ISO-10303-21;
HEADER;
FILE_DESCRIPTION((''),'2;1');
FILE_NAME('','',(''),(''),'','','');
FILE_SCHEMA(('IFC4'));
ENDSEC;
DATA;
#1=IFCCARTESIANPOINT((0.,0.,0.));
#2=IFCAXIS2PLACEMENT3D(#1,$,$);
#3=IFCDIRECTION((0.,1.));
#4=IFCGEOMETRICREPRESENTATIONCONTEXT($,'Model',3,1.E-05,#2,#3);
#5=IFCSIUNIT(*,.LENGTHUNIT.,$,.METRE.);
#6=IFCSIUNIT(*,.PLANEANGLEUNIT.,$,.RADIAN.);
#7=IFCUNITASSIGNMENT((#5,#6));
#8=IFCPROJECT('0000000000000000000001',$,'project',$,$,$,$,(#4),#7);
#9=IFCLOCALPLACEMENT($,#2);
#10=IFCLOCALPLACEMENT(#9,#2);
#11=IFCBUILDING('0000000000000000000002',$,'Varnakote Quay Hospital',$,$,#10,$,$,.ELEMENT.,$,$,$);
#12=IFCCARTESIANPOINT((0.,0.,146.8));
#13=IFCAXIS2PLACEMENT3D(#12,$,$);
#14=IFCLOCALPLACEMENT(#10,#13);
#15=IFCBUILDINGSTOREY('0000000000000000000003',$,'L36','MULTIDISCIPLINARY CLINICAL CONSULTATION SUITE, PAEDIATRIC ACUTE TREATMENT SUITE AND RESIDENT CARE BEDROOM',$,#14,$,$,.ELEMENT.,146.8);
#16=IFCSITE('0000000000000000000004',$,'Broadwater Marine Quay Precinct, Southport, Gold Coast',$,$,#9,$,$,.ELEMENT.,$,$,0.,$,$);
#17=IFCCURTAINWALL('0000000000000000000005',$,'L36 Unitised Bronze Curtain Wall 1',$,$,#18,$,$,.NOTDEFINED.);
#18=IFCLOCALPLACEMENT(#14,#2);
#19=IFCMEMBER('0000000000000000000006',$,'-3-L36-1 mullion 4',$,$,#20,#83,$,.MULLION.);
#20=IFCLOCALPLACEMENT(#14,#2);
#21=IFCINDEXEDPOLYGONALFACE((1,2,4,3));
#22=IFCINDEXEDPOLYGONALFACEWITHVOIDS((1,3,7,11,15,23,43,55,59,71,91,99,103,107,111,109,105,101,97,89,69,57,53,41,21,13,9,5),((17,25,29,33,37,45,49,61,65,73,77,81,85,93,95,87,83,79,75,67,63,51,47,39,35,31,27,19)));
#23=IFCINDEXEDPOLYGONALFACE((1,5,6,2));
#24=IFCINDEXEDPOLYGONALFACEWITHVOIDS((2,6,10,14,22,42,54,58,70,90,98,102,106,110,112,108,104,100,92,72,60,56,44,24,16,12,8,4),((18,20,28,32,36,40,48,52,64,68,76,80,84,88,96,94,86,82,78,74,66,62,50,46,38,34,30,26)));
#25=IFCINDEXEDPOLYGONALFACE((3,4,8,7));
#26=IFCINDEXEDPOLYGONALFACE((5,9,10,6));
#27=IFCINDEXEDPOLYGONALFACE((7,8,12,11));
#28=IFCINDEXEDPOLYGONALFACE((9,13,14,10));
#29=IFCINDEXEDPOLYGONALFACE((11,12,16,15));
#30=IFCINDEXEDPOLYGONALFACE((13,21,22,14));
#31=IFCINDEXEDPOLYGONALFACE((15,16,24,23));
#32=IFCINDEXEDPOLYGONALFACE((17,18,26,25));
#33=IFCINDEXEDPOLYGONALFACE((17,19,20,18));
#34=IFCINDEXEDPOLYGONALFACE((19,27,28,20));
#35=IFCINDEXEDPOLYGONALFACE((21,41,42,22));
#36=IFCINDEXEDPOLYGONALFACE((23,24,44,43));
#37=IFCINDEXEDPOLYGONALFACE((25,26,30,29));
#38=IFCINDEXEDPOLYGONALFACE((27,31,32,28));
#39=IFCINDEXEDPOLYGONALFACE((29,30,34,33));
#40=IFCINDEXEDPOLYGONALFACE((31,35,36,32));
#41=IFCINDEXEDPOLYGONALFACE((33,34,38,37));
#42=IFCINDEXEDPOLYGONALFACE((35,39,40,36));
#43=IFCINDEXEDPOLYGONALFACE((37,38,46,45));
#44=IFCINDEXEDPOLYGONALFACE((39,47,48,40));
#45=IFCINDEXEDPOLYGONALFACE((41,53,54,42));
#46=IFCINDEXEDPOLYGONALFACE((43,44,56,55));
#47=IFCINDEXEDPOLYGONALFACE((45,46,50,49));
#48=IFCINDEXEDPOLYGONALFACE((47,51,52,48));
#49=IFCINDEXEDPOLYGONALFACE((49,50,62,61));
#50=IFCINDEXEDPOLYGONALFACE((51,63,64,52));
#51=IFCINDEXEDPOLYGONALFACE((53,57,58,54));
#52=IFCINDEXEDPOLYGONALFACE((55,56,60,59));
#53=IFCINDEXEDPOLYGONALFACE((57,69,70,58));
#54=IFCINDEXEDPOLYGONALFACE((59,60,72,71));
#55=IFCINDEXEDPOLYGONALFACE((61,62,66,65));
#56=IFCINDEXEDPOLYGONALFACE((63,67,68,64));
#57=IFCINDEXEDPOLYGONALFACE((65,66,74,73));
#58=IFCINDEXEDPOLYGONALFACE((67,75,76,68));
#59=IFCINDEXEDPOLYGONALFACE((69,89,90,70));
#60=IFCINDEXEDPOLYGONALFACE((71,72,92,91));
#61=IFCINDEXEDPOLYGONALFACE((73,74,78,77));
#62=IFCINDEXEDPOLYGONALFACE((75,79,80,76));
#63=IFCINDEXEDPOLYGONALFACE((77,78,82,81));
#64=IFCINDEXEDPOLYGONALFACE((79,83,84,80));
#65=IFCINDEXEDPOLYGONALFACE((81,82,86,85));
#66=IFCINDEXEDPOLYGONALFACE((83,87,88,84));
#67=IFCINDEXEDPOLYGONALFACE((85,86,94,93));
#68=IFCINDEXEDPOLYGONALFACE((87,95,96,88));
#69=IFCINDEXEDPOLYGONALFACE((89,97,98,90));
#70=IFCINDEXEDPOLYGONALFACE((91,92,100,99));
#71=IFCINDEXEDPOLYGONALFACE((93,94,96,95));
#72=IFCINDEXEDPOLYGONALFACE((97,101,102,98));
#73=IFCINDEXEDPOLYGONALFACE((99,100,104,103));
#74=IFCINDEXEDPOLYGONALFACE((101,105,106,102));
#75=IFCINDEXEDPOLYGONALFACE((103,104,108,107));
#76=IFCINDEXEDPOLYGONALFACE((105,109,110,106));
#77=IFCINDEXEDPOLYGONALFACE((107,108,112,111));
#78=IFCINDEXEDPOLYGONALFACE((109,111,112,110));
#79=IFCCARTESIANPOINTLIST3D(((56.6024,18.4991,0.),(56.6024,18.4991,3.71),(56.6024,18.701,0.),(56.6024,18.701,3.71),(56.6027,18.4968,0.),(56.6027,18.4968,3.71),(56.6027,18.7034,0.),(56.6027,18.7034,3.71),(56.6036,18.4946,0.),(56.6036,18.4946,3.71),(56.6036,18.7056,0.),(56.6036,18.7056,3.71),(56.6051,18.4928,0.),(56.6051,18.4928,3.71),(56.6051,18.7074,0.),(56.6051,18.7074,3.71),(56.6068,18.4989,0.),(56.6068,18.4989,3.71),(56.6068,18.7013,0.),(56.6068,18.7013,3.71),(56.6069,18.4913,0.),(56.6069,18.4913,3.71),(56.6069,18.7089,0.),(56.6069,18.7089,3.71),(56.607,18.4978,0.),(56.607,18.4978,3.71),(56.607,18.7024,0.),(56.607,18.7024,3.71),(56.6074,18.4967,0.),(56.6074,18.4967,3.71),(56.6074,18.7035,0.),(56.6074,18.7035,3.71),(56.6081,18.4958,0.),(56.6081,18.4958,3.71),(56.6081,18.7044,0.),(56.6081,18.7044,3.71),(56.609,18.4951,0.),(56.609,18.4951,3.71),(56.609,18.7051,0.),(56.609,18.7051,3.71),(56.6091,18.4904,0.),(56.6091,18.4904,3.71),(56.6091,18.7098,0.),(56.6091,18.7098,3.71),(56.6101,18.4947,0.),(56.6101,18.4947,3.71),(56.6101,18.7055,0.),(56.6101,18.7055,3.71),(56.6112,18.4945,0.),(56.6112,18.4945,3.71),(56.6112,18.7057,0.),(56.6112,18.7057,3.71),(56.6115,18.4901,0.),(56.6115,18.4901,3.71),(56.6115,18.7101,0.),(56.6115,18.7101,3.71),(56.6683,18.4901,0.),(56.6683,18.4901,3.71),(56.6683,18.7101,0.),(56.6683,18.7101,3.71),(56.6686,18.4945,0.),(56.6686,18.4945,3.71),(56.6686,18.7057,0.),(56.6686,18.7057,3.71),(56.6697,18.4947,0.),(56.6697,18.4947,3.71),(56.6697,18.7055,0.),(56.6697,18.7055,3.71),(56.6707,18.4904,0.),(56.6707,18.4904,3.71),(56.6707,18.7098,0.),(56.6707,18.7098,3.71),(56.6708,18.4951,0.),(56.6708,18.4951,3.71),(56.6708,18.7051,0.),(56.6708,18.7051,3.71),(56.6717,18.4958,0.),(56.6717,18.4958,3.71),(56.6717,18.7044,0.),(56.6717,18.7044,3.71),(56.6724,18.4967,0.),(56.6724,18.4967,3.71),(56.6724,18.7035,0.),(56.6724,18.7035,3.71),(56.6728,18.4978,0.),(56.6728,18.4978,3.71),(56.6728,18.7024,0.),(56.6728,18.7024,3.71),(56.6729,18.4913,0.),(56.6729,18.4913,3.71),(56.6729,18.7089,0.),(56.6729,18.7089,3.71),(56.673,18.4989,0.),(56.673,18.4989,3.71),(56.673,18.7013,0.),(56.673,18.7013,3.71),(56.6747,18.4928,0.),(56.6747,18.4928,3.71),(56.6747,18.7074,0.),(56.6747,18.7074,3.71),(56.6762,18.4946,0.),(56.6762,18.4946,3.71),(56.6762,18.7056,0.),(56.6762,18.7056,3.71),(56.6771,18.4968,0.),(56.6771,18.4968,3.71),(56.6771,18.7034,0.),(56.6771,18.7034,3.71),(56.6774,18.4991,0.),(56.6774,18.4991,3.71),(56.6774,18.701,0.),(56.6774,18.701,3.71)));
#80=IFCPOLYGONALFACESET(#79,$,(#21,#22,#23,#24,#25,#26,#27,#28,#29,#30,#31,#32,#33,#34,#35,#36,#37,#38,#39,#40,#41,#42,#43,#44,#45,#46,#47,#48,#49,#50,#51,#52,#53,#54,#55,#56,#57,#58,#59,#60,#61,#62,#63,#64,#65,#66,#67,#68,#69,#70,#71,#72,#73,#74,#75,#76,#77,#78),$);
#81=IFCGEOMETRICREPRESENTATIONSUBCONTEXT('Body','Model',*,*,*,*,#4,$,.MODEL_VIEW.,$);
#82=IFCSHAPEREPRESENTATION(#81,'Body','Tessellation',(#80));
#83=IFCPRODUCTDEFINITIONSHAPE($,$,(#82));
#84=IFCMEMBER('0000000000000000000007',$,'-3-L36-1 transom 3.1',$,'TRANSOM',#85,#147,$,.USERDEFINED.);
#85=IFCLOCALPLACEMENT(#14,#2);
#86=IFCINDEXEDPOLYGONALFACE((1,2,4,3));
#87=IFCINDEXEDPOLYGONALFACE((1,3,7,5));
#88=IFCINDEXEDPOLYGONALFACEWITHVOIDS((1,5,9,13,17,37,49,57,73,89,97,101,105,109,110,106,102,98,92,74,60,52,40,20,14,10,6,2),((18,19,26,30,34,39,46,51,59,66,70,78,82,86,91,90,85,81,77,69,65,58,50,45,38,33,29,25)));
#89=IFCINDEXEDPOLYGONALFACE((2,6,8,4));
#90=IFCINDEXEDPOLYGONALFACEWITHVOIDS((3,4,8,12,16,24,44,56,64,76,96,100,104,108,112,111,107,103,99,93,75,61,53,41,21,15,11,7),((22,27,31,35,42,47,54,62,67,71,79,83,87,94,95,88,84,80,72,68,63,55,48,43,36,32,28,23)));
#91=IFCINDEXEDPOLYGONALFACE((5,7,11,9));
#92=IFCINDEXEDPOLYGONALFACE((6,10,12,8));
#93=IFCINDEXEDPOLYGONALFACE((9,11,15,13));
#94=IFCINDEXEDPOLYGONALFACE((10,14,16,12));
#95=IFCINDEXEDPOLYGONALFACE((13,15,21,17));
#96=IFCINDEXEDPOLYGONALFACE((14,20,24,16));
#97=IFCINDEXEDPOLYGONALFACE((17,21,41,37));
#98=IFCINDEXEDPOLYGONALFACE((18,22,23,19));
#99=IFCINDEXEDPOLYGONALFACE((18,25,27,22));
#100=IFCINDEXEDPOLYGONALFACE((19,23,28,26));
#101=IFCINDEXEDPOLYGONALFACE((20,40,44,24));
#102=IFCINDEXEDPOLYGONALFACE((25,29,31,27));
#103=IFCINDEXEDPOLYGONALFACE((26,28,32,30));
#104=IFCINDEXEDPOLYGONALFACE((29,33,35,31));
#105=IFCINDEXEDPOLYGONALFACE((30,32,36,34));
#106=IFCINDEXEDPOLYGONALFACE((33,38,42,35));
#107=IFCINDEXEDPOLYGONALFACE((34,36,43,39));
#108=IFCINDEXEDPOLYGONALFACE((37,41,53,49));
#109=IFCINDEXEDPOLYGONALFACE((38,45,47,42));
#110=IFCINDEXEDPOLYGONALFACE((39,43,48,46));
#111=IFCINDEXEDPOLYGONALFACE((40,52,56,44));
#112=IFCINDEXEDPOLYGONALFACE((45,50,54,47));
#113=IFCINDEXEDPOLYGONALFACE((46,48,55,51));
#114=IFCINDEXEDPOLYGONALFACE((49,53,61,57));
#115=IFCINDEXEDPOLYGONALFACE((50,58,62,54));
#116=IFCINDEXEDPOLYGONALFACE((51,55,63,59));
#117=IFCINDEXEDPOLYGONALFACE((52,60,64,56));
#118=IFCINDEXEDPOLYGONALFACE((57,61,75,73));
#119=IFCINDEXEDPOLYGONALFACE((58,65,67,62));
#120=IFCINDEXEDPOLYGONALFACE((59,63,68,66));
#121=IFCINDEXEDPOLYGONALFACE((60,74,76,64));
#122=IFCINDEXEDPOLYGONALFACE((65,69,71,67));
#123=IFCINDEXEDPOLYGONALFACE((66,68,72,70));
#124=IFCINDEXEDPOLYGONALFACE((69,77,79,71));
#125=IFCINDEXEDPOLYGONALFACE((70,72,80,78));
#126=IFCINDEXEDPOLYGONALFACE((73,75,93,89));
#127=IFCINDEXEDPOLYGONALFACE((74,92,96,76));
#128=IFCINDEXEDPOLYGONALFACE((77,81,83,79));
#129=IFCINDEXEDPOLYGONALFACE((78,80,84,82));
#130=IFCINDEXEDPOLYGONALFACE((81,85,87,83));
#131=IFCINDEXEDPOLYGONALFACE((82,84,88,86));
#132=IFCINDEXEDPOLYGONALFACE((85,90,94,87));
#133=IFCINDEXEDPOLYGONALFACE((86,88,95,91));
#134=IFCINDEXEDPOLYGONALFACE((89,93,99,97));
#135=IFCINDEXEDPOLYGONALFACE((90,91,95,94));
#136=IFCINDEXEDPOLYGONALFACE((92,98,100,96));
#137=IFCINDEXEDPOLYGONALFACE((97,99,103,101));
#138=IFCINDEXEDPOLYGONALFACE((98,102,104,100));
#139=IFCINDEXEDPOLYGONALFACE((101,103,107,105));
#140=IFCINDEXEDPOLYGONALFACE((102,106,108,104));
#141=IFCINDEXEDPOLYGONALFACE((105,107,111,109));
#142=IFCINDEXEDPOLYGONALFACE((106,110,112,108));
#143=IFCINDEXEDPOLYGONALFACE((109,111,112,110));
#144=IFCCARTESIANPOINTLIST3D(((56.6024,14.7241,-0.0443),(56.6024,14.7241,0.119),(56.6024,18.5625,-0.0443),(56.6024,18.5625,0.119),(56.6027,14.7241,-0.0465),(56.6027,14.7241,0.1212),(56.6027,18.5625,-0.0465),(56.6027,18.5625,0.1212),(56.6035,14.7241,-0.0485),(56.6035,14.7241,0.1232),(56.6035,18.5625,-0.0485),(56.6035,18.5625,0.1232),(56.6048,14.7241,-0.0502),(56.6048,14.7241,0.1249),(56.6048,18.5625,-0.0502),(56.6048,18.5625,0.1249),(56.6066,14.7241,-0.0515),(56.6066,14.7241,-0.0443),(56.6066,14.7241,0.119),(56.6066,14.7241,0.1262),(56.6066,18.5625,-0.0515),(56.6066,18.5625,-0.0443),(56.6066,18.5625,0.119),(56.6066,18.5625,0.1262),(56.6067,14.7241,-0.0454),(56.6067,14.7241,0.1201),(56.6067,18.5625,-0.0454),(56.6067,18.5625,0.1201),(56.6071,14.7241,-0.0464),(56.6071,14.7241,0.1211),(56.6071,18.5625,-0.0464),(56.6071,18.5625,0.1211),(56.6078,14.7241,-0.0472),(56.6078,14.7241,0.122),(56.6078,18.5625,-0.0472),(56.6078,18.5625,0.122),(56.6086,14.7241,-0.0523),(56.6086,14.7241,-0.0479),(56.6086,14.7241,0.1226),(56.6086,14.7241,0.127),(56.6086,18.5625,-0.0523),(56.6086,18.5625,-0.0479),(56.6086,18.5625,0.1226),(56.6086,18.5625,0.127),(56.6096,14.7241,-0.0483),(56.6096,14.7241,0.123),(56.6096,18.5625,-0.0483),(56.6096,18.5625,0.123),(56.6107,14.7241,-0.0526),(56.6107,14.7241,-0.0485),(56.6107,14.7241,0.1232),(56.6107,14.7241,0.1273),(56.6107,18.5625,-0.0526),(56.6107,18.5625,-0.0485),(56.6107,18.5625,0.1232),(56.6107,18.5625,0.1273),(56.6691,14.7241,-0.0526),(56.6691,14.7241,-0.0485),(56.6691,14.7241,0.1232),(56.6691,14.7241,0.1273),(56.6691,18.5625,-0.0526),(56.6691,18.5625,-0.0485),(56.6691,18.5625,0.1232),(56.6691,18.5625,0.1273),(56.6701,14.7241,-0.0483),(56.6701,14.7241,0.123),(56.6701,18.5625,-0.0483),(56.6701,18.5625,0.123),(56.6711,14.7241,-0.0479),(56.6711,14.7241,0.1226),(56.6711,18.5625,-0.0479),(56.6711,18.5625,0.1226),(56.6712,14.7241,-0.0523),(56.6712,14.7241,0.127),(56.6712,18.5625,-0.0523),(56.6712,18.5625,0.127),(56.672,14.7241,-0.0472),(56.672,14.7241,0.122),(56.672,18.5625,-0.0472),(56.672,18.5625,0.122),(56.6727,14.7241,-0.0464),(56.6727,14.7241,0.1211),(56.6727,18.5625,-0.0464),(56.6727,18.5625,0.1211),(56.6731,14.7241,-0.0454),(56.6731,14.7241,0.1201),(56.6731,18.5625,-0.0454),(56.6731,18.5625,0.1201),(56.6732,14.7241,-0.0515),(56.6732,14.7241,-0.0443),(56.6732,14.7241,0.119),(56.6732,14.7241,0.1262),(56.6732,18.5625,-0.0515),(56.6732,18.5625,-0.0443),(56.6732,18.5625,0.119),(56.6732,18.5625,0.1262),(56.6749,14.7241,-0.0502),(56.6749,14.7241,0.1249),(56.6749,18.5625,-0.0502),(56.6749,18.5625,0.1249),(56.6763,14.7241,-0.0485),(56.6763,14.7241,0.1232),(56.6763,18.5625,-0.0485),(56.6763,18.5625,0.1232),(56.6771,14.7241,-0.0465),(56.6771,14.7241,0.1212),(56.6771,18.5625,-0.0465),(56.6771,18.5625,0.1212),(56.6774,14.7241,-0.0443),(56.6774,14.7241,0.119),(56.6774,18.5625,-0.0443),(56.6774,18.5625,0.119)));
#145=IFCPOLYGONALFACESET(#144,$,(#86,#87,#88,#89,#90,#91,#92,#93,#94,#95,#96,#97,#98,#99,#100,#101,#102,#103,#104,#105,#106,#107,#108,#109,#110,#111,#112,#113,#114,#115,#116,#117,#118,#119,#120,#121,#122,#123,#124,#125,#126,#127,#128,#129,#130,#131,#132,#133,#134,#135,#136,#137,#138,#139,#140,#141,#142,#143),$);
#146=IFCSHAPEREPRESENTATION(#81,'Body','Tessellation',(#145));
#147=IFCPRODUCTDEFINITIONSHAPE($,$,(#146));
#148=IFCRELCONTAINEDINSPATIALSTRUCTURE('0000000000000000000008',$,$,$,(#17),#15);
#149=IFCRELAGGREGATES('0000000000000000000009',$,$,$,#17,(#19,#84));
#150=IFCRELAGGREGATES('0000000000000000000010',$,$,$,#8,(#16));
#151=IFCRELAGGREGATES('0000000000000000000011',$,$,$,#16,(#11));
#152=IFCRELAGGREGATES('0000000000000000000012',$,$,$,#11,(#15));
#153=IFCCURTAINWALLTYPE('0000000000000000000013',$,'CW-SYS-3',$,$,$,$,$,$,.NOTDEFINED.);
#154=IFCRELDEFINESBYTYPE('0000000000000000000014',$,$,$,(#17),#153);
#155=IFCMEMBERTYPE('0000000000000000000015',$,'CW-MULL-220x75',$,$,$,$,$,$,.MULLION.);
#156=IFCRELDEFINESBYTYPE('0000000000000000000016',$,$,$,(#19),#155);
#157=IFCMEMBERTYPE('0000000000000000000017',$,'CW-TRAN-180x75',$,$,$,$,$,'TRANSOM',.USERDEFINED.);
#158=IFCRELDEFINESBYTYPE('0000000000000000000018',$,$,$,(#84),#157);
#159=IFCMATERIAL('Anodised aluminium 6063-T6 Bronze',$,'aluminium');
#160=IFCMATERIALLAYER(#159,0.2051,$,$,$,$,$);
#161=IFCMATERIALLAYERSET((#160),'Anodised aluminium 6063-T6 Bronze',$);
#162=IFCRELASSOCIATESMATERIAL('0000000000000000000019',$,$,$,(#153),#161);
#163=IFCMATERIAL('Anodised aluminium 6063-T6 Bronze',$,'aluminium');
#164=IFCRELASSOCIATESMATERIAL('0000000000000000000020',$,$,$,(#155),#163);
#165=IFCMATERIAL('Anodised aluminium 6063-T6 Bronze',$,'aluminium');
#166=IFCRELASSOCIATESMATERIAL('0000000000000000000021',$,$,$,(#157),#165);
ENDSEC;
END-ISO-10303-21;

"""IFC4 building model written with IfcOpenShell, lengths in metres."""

from ifc_helpers import new_model, si_unit, direction, frame, origin, origin_2d, place, context, subcontext, project, spatial, hollow_rectangle, extrude, material, layer, layer_set, material_profile, profile_set, type_object, element, aggregate, save


model = new_model("IFC4")

# Units and contexts
model_context = context("Model", 3, precision=1e-05, world=origin(), true_north=direction((0.0, 1.0)))
body_context = subcontext(model_context, "Body", "Model", "MODEL_VIEW")
ifc_project = project(units=[si_unit("LENGTHUNIT", "METRE"), si_unit("PLANEANGLEUNIT", "RADIAN")], contexts=[model_context])

# Site, building, storey
site_placement = place(None, origin())
site = spatial("IfcSite", under=ifc_project, at=site_placement, Name="Broadwater Marine Quay Precinct, Southport, Gold Coast", CompositionType="ELEMENT", RefElevation=0.0)
building_placement = place(site_placement, origin())
building = spatial("IfcBuilding", under=site, at=building_placement, Name="Varnakote Quay Hospital", CompositionType="ELEMENT")
storey_placement = place(building_placement, frame((0.0, 0.0, 146.8)))
storey = spatial("IfcBuildingStorey", under=building, at=storey_placement, Name="L36", Description="MULTIDISCIPLINARY CLINICAL CONSULTATION SUITE, PAEDIATRIC ACUTE TREATMENT SUITE AND RESIDENT CARE BEDROOM", CompositionType="ELEMENT", Elevation=146.8)

# Curtain wall, members
ifc_material_1 = material(Name="Anodised aluminium 6063-T6 Bronze", Category="aluminium")
ifc_layer_1 = layer(ifc_material_1, 0.2051)
ifc_layer_set_1 = layer_set([ifc_layer_1], Name="Anodised aluminium 6063-T6 Bronze")
curtain_wall_type = type_object("IfcCurtainWallType", Name="CW-SYS-3", PredefinedType="NOTDEFINED", material=ifc_layer_set_1)
curtain_wall_placement = place(storey_placement, origin())
curtain_wall = element("IfcCurtainWall", 1, at=curtain_wall_placement, inside=storey, type_object=curtain_wall_type, Name="L36 Unitised Bronze Curtain Wall 1", PredefinedType="NOTDEFINED")
ifc_material_2 = material(Name="Anodised aluminium 6063-T6 Bronze", Category="aluminium")
ifc_material_profile_1 = material_profile(ifc_material_2, hollow_rectangle(XDim=0.075, YDim=0.22, WallThickness=0.0044, InnerFilletRadius=0.0044, OuterFilletRadius=0.009, at=origin_2d()), Name="CW-MULL-220x75")
ifc_profile_set_1 = profile_set([ifc_material_profile_1], Name="Anodised aluminium 6063-T6 Bronze")
member_type_1 = type_object("IfcMemberType", Name="CW-MULL-220x75", PredefinedType="MULLION", material=ifc_profile_set_1)
member_1_placement = place(storey_placement, frame((56.6399, 18.6001, 0.0), z_axis=(0.0, 0.0, 1.0), x_axis=(-1.0, 0.0, 0.0)))
member_1 = element("IfcMember", 2, at=member_1_placement, type_object=member_type_1, Name="-3-L36-1 mullion 4", PredefinedType="MULLION", context=body_context, shape_type="SweptSolid", body=[
    extrude(hollow_rectangle(XDim=0.075, YDim=0.22, WallThickness=0.0044, InnerFilletRadius=0.0044, OuterFilletRadius=0.009, at=origin_2d()), origin(), (0.0, 0.0, 1.0), 3.71),
])
ifc_material_3 = material(Name="Anodised aluminium 6063-T6 Bronze", Category="aluminium")
ifc_material_profile_2 = material_profile(ifc_material_3, hollow_rectangle(XDim=0.075, YDim=0.1799, WallThickness=0.0042, InnerFilletRadius=0.0042, OuterFilletRadius=0.0083, at=origin_2d()), Name="CW-TRAN-180x75")
ifc_profile_set_2 = profile_set([ifc_material_profile_2], Name="Anodised aluminium 6063-T6 Bronze")
member_type_2 = type_object("IfcMemberType", Name="CW-TRAN-180x75", ElementType="TRANSOM", PredefinedType="USERDEFINED", material=ifc_profile_set_2)
member_2_placement = place(storey_placement, frame((56.6399, 14.7241, 0.0374), z_axis=(0.0, 1.0, 0.0), x_axis=(-1.0, 0.0, 0.0)))
member_2 = element("IfcMember", 3, at=member_2_placement, type_object=member_type_2, Name="-3-L36-1 transom 3.1", ObjectType="TRANSOM", PredefinedType="USERDEFINED", context=body_context, shape_type="SweptSolid", body=[
    extrude(hollow_rectangle(XDim=0.075, YDim=0.1799, WallThickness=0.0042, InnerFilletRadius=0.0042, OuterFilletRadius=0.0083, at=origin_2d()), origin(), (0.0, 0.0, 1.0), 3.8384),
])
aggregate(curtain_wall, [member_1, member_2])

save(model, "model.ifc")
